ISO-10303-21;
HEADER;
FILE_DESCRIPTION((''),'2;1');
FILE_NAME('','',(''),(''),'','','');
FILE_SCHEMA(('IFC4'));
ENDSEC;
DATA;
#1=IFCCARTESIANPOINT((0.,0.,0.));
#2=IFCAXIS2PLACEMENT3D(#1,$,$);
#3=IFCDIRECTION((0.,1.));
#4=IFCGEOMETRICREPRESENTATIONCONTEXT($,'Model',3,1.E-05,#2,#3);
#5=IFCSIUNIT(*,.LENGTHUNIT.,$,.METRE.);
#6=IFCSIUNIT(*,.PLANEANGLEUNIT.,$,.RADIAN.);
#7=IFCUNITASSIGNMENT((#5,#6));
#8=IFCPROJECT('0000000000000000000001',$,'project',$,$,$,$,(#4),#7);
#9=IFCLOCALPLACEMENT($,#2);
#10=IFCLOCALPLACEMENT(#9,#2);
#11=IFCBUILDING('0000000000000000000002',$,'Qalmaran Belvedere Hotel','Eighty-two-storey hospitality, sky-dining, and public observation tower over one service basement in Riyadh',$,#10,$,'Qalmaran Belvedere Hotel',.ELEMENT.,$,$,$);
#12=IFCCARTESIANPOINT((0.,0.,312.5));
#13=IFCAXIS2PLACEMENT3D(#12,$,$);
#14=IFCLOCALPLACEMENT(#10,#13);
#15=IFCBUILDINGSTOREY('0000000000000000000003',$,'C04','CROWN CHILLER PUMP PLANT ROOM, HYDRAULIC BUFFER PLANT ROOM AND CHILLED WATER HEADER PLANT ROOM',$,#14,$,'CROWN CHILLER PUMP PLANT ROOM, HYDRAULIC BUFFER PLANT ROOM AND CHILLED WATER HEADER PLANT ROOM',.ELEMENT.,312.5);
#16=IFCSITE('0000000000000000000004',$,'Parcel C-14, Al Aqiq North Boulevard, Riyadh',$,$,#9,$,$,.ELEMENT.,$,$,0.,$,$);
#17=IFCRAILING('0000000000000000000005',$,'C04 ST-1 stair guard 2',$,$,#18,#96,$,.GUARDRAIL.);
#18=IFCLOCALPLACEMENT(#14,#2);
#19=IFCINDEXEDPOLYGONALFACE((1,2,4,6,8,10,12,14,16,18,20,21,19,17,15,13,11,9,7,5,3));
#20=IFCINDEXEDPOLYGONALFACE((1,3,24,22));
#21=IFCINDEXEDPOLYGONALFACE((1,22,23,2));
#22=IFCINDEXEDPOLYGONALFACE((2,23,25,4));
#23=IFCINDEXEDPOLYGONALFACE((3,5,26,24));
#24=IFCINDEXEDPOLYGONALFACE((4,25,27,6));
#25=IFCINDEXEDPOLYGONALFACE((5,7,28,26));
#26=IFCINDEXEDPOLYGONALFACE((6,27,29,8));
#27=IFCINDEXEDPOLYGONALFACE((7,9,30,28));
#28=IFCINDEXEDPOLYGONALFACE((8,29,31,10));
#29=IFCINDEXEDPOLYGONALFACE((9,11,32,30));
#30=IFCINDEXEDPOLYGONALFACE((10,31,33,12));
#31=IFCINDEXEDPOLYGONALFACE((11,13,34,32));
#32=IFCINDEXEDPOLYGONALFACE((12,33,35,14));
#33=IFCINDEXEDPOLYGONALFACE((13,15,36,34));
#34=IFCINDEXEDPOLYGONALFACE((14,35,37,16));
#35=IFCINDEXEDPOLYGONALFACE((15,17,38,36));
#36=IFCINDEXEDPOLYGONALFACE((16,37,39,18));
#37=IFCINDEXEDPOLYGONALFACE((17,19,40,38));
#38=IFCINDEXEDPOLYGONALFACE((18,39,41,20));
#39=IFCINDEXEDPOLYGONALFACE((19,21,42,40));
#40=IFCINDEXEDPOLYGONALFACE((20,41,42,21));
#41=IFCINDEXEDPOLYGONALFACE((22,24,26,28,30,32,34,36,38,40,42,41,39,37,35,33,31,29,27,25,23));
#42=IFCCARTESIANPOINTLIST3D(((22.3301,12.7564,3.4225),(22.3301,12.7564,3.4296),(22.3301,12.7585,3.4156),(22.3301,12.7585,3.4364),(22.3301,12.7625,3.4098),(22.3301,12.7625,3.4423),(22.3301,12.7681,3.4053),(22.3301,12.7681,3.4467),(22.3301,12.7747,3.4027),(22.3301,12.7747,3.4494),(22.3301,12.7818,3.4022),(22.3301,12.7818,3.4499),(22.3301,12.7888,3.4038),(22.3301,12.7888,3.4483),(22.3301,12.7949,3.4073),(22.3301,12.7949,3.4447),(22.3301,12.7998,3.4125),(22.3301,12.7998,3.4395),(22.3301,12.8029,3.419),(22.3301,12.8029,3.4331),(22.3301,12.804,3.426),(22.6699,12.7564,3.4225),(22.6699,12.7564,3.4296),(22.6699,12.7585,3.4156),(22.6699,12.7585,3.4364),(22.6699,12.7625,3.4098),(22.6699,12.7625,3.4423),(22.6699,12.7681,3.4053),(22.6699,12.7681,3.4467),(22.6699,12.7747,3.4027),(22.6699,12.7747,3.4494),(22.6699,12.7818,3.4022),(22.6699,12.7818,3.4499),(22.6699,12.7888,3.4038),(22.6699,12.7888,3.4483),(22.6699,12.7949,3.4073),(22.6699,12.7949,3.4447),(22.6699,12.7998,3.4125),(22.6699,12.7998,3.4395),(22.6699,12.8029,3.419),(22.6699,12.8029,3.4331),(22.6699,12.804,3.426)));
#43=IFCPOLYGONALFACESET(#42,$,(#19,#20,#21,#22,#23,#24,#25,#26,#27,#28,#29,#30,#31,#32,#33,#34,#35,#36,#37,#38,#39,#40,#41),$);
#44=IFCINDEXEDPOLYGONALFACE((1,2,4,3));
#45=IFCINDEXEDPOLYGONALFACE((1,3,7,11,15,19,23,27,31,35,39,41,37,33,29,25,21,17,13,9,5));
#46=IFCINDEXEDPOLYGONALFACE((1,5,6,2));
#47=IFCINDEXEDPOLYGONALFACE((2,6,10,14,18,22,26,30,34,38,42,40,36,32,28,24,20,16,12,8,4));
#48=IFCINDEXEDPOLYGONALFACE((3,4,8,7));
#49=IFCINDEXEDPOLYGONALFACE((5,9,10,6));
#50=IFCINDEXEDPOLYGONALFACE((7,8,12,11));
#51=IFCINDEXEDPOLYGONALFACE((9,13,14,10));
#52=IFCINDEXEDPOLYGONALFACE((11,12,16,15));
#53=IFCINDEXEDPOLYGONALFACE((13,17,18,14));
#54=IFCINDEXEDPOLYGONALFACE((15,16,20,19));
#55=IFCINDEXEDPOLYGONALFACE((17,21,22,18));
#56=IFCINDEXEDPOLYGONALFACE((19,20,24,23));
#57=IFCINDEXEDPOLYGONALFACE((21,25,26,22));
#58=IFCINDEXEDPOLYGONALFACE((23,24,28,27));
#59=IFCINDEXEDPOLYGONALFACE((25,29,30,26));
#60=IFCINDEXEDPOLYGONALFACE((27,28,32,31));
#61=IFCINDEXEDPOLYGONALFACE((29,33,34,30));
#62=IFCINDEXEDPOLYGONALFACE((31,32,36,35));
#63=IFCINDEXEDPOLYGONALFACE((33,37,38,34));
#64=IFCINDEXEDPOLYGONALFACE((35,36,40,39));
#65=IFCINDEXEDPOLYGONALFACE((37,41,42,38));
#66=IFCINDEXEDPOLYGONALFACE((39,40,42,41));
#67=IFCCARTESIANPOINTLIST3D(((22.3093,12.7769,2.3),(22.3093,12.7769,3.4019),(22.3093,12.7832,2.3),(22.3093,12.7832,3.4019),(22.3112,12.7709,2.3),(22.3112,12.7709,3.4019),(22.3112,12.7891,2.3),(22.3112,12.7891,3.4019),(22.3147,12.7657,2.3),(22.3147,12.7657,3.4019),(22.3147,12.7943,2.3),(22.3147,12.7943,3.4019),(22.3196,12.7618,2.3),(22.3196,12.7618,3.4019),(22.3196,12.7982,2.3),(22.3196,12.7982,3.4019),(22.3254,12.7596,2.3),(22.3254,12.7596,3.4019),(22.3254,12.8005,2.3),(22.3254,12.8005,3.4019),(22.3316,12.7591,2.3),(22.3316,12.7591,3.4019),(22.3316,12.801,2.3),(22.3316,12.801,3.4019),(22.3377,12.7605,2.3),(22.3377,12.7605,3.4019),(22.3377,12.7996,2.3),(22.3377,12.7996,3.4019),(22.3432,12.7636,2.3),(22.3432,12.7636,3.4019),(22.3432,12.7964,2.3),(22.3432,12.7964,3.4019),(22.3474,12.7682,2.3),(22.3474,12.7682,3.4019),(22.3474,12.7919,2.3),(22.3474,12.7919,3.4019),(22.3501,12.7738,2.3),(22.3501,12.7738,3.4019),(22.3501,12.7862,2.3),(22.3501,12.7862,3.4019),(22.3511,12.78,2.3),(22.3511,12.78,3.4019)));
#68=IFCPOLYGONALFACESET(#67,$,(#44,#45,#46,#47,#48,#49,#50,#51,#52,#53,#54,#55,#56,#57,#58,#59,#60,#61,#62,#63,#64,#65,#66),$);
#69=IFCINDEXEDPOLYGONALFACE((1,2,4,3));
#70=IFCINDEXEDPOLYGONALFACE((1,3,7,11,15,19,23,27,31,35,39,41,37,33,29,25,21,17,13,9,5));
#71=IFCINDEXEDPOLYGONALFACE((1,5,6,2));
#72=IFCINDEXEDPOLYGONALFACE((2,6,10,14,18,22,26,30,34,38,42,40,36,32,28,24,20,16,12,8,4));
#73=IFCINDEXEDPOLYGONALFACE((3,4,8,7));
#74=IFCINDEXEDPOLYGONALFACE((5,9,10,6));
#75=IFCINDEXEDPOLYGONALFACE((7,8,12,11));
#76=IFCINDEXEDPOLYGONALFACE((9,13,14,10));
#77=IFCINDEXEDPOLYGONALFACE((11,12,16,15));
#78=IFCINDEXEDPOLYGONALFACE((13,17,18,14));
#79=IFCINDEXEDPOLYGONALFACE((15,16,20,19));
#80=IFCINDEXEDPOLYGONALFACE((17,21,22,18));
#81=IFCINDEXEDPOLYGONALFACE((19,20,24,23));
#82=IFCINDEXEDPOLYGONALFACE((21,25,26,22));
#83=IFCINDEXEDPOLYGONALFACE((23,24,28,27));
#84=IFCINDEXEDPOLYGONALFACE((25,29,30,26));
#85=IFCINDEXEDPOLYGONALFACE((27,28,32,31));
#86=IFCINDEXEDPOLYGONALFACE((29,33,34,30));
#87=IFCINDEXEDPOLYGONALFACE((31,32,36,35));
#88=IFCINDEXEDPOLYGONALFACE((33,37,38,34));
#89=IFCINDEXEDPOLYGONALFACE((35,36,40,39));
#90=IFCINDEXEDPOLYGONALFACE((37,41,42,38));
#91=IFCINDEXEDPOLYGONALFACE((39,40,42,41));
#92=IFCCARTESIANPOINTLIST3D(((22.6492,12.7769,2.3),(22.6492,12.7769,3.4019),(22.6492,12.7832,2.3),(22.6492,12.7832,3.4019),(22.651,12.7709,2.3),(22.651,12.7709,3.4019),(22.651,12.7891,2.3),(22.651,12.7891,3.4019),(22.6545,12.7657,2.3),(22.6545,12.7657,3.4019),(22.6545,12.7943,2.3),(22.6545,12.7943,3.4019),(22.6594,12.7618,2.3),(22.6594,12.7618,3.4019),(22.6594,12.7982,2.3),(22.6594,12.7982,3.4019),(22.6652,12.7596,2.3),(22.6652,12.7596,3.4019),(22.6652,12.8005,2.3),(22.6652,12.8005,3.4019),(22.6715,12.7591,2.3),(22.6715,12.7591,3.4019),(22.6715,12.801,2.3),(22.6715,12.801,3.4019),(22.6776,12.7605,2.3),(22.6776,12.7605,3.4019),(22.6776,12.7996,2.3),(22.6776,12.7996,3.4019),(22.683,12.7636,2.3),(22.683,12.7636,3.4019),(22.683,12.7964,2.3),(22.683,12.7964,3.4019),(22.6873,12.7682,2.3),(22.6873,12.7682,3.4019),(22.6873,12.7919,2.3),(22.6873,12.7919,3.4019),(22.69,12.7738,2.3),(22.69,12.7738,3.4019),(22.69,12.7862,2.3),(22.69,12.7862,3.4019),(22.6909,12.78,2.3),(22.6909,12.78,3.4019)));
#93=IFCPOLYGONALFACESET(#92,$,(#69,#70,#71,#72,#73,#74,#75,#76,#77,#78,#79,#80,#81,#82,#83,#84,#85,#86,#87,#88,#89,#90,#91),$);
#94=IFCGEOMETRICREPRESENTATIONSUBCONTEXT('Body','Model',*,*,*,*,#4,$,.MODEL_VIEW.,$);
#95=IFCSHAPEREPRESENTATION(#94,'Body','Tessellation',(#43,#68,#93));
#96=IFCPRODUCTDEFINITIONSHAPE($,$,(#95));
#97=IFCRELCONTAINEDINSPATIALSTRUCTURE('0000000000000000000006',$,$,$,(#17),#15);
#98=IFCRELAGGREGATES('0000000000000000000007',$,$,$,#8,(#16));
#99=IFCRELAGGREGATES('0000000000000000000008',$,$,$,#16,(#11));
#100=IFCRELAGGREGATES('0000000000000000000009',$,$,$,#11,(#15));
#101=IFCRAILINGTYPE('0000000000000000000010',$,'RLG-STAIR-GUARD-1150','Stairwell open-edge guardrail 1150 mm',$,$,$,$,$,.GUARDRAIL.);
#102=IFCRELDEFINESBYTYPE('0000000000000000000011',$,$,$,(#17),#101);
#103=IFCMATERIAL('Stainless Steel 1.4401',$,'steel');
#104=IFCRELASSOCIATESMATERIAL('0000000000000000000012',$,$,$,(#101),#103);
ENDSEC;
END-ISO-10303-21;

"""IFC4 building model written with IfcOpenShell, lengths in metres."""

from ifc_helpers import new_model, si_unit, direction, frame, origin, origin_2d, place, context, subcontext, project, spatial, circle, extrude, material, type_object, element, save


model = new_model("IFC4")

# Units and contexts
model_context = context("Model", 3, precision=1e-05, world=origin(), true_north=direction((0.0, 1.0)))
body_context = subcontext(model_context, "Body", "Model", "MODEL_VIEW")
ifc_project = project(units=[si_unit("LENGTHUNIT", "METRE"), si_unit("PLANEANGLEUNIT", "RADIAN")], contexts=[model_context])

# Site, building, storey
site_placement = place(None, origin())
site = spatial("IfcSite", under=ifc_project, at=site_placement, Name="Parcel C-14, Al Aqiq North Boulevard, Riyadh", CompositionType="ELEMENT", RefElevation=0.0)
building_placement = place(site_placement, origin())
building = spatial("IfcBuilding", under=site, at=building_placement, Name="Qalmaran Belvedere Hotel", Description="Eighty-two-storey hospitality, sky-dining, and public observation tower over one service basement in Riyadh", LongName="Qalmaran Belvedere Hotel", CompositionType="ELEMENT")
storey_placement = place(building_placement, frame((0.0, 0.0, 312.5)))
storey = spatial("IfcBuildingStorey", under=building, at=storey_placement, Name="C04", Description="CROWN CHILLER PUMP PLANT ROOM, HYDRAULIC BUFFER PLANT ROOM AND CHILLED WATER HEADER PLANT ROOM", LongName="CROWN CHILLER PUMP PLANT ROOM, HYDRAULIC BUFFER PLANT ROOM AND CHILLED WATER HEADER PLANT ROOM", CompositionType="ELEMENT", Elevation=312.5)

# Shared definitions
ifc_material_1 = material(Name="Stainless Steel 1.4401", Category="steel")

# Railing
railing_type_1 = type_object("IfcRailingType", Name="RLG-STAIR-GUARD-1150", Description="Stairwell open-edge guardrail 1150 mm", PredefinedType="GUARDRAIL", material=ifc_material_1)
railing_1_placement = place(storey_placement, frame((22.3301, 12.78, 2.3)))
element("IfcRailing", 1, at=railing_1_placement, inside=storey, type_object=railing_type_1, Name="C04 ST-1 stair guard 2", PredefinedType="GUARDRAIL", context=body_context, shape_type="SweptSolid", body=[
    extrude(circle(Radius=0.0239, at=origin_2d()), frame((0.0, 0.0, 1.126), z_axis=(1.0, 0.0, 0.0), x_axis=(0.0, 1.0, 0.0)), (0.0, 0.0, 1.0), 0.3398),
    extrude(circle(Radius=0.021, at=origin_2d()), origin(), (0.0, 0.0, 1.0), 1.1018),
    extrude(circle(Radius=0.021, at=origin_2d()), frame((0.3398, 0.0, 0.0)), (0.0, 0.0, 1.0), 1.1018),
])

save(model, "model.ifc")
